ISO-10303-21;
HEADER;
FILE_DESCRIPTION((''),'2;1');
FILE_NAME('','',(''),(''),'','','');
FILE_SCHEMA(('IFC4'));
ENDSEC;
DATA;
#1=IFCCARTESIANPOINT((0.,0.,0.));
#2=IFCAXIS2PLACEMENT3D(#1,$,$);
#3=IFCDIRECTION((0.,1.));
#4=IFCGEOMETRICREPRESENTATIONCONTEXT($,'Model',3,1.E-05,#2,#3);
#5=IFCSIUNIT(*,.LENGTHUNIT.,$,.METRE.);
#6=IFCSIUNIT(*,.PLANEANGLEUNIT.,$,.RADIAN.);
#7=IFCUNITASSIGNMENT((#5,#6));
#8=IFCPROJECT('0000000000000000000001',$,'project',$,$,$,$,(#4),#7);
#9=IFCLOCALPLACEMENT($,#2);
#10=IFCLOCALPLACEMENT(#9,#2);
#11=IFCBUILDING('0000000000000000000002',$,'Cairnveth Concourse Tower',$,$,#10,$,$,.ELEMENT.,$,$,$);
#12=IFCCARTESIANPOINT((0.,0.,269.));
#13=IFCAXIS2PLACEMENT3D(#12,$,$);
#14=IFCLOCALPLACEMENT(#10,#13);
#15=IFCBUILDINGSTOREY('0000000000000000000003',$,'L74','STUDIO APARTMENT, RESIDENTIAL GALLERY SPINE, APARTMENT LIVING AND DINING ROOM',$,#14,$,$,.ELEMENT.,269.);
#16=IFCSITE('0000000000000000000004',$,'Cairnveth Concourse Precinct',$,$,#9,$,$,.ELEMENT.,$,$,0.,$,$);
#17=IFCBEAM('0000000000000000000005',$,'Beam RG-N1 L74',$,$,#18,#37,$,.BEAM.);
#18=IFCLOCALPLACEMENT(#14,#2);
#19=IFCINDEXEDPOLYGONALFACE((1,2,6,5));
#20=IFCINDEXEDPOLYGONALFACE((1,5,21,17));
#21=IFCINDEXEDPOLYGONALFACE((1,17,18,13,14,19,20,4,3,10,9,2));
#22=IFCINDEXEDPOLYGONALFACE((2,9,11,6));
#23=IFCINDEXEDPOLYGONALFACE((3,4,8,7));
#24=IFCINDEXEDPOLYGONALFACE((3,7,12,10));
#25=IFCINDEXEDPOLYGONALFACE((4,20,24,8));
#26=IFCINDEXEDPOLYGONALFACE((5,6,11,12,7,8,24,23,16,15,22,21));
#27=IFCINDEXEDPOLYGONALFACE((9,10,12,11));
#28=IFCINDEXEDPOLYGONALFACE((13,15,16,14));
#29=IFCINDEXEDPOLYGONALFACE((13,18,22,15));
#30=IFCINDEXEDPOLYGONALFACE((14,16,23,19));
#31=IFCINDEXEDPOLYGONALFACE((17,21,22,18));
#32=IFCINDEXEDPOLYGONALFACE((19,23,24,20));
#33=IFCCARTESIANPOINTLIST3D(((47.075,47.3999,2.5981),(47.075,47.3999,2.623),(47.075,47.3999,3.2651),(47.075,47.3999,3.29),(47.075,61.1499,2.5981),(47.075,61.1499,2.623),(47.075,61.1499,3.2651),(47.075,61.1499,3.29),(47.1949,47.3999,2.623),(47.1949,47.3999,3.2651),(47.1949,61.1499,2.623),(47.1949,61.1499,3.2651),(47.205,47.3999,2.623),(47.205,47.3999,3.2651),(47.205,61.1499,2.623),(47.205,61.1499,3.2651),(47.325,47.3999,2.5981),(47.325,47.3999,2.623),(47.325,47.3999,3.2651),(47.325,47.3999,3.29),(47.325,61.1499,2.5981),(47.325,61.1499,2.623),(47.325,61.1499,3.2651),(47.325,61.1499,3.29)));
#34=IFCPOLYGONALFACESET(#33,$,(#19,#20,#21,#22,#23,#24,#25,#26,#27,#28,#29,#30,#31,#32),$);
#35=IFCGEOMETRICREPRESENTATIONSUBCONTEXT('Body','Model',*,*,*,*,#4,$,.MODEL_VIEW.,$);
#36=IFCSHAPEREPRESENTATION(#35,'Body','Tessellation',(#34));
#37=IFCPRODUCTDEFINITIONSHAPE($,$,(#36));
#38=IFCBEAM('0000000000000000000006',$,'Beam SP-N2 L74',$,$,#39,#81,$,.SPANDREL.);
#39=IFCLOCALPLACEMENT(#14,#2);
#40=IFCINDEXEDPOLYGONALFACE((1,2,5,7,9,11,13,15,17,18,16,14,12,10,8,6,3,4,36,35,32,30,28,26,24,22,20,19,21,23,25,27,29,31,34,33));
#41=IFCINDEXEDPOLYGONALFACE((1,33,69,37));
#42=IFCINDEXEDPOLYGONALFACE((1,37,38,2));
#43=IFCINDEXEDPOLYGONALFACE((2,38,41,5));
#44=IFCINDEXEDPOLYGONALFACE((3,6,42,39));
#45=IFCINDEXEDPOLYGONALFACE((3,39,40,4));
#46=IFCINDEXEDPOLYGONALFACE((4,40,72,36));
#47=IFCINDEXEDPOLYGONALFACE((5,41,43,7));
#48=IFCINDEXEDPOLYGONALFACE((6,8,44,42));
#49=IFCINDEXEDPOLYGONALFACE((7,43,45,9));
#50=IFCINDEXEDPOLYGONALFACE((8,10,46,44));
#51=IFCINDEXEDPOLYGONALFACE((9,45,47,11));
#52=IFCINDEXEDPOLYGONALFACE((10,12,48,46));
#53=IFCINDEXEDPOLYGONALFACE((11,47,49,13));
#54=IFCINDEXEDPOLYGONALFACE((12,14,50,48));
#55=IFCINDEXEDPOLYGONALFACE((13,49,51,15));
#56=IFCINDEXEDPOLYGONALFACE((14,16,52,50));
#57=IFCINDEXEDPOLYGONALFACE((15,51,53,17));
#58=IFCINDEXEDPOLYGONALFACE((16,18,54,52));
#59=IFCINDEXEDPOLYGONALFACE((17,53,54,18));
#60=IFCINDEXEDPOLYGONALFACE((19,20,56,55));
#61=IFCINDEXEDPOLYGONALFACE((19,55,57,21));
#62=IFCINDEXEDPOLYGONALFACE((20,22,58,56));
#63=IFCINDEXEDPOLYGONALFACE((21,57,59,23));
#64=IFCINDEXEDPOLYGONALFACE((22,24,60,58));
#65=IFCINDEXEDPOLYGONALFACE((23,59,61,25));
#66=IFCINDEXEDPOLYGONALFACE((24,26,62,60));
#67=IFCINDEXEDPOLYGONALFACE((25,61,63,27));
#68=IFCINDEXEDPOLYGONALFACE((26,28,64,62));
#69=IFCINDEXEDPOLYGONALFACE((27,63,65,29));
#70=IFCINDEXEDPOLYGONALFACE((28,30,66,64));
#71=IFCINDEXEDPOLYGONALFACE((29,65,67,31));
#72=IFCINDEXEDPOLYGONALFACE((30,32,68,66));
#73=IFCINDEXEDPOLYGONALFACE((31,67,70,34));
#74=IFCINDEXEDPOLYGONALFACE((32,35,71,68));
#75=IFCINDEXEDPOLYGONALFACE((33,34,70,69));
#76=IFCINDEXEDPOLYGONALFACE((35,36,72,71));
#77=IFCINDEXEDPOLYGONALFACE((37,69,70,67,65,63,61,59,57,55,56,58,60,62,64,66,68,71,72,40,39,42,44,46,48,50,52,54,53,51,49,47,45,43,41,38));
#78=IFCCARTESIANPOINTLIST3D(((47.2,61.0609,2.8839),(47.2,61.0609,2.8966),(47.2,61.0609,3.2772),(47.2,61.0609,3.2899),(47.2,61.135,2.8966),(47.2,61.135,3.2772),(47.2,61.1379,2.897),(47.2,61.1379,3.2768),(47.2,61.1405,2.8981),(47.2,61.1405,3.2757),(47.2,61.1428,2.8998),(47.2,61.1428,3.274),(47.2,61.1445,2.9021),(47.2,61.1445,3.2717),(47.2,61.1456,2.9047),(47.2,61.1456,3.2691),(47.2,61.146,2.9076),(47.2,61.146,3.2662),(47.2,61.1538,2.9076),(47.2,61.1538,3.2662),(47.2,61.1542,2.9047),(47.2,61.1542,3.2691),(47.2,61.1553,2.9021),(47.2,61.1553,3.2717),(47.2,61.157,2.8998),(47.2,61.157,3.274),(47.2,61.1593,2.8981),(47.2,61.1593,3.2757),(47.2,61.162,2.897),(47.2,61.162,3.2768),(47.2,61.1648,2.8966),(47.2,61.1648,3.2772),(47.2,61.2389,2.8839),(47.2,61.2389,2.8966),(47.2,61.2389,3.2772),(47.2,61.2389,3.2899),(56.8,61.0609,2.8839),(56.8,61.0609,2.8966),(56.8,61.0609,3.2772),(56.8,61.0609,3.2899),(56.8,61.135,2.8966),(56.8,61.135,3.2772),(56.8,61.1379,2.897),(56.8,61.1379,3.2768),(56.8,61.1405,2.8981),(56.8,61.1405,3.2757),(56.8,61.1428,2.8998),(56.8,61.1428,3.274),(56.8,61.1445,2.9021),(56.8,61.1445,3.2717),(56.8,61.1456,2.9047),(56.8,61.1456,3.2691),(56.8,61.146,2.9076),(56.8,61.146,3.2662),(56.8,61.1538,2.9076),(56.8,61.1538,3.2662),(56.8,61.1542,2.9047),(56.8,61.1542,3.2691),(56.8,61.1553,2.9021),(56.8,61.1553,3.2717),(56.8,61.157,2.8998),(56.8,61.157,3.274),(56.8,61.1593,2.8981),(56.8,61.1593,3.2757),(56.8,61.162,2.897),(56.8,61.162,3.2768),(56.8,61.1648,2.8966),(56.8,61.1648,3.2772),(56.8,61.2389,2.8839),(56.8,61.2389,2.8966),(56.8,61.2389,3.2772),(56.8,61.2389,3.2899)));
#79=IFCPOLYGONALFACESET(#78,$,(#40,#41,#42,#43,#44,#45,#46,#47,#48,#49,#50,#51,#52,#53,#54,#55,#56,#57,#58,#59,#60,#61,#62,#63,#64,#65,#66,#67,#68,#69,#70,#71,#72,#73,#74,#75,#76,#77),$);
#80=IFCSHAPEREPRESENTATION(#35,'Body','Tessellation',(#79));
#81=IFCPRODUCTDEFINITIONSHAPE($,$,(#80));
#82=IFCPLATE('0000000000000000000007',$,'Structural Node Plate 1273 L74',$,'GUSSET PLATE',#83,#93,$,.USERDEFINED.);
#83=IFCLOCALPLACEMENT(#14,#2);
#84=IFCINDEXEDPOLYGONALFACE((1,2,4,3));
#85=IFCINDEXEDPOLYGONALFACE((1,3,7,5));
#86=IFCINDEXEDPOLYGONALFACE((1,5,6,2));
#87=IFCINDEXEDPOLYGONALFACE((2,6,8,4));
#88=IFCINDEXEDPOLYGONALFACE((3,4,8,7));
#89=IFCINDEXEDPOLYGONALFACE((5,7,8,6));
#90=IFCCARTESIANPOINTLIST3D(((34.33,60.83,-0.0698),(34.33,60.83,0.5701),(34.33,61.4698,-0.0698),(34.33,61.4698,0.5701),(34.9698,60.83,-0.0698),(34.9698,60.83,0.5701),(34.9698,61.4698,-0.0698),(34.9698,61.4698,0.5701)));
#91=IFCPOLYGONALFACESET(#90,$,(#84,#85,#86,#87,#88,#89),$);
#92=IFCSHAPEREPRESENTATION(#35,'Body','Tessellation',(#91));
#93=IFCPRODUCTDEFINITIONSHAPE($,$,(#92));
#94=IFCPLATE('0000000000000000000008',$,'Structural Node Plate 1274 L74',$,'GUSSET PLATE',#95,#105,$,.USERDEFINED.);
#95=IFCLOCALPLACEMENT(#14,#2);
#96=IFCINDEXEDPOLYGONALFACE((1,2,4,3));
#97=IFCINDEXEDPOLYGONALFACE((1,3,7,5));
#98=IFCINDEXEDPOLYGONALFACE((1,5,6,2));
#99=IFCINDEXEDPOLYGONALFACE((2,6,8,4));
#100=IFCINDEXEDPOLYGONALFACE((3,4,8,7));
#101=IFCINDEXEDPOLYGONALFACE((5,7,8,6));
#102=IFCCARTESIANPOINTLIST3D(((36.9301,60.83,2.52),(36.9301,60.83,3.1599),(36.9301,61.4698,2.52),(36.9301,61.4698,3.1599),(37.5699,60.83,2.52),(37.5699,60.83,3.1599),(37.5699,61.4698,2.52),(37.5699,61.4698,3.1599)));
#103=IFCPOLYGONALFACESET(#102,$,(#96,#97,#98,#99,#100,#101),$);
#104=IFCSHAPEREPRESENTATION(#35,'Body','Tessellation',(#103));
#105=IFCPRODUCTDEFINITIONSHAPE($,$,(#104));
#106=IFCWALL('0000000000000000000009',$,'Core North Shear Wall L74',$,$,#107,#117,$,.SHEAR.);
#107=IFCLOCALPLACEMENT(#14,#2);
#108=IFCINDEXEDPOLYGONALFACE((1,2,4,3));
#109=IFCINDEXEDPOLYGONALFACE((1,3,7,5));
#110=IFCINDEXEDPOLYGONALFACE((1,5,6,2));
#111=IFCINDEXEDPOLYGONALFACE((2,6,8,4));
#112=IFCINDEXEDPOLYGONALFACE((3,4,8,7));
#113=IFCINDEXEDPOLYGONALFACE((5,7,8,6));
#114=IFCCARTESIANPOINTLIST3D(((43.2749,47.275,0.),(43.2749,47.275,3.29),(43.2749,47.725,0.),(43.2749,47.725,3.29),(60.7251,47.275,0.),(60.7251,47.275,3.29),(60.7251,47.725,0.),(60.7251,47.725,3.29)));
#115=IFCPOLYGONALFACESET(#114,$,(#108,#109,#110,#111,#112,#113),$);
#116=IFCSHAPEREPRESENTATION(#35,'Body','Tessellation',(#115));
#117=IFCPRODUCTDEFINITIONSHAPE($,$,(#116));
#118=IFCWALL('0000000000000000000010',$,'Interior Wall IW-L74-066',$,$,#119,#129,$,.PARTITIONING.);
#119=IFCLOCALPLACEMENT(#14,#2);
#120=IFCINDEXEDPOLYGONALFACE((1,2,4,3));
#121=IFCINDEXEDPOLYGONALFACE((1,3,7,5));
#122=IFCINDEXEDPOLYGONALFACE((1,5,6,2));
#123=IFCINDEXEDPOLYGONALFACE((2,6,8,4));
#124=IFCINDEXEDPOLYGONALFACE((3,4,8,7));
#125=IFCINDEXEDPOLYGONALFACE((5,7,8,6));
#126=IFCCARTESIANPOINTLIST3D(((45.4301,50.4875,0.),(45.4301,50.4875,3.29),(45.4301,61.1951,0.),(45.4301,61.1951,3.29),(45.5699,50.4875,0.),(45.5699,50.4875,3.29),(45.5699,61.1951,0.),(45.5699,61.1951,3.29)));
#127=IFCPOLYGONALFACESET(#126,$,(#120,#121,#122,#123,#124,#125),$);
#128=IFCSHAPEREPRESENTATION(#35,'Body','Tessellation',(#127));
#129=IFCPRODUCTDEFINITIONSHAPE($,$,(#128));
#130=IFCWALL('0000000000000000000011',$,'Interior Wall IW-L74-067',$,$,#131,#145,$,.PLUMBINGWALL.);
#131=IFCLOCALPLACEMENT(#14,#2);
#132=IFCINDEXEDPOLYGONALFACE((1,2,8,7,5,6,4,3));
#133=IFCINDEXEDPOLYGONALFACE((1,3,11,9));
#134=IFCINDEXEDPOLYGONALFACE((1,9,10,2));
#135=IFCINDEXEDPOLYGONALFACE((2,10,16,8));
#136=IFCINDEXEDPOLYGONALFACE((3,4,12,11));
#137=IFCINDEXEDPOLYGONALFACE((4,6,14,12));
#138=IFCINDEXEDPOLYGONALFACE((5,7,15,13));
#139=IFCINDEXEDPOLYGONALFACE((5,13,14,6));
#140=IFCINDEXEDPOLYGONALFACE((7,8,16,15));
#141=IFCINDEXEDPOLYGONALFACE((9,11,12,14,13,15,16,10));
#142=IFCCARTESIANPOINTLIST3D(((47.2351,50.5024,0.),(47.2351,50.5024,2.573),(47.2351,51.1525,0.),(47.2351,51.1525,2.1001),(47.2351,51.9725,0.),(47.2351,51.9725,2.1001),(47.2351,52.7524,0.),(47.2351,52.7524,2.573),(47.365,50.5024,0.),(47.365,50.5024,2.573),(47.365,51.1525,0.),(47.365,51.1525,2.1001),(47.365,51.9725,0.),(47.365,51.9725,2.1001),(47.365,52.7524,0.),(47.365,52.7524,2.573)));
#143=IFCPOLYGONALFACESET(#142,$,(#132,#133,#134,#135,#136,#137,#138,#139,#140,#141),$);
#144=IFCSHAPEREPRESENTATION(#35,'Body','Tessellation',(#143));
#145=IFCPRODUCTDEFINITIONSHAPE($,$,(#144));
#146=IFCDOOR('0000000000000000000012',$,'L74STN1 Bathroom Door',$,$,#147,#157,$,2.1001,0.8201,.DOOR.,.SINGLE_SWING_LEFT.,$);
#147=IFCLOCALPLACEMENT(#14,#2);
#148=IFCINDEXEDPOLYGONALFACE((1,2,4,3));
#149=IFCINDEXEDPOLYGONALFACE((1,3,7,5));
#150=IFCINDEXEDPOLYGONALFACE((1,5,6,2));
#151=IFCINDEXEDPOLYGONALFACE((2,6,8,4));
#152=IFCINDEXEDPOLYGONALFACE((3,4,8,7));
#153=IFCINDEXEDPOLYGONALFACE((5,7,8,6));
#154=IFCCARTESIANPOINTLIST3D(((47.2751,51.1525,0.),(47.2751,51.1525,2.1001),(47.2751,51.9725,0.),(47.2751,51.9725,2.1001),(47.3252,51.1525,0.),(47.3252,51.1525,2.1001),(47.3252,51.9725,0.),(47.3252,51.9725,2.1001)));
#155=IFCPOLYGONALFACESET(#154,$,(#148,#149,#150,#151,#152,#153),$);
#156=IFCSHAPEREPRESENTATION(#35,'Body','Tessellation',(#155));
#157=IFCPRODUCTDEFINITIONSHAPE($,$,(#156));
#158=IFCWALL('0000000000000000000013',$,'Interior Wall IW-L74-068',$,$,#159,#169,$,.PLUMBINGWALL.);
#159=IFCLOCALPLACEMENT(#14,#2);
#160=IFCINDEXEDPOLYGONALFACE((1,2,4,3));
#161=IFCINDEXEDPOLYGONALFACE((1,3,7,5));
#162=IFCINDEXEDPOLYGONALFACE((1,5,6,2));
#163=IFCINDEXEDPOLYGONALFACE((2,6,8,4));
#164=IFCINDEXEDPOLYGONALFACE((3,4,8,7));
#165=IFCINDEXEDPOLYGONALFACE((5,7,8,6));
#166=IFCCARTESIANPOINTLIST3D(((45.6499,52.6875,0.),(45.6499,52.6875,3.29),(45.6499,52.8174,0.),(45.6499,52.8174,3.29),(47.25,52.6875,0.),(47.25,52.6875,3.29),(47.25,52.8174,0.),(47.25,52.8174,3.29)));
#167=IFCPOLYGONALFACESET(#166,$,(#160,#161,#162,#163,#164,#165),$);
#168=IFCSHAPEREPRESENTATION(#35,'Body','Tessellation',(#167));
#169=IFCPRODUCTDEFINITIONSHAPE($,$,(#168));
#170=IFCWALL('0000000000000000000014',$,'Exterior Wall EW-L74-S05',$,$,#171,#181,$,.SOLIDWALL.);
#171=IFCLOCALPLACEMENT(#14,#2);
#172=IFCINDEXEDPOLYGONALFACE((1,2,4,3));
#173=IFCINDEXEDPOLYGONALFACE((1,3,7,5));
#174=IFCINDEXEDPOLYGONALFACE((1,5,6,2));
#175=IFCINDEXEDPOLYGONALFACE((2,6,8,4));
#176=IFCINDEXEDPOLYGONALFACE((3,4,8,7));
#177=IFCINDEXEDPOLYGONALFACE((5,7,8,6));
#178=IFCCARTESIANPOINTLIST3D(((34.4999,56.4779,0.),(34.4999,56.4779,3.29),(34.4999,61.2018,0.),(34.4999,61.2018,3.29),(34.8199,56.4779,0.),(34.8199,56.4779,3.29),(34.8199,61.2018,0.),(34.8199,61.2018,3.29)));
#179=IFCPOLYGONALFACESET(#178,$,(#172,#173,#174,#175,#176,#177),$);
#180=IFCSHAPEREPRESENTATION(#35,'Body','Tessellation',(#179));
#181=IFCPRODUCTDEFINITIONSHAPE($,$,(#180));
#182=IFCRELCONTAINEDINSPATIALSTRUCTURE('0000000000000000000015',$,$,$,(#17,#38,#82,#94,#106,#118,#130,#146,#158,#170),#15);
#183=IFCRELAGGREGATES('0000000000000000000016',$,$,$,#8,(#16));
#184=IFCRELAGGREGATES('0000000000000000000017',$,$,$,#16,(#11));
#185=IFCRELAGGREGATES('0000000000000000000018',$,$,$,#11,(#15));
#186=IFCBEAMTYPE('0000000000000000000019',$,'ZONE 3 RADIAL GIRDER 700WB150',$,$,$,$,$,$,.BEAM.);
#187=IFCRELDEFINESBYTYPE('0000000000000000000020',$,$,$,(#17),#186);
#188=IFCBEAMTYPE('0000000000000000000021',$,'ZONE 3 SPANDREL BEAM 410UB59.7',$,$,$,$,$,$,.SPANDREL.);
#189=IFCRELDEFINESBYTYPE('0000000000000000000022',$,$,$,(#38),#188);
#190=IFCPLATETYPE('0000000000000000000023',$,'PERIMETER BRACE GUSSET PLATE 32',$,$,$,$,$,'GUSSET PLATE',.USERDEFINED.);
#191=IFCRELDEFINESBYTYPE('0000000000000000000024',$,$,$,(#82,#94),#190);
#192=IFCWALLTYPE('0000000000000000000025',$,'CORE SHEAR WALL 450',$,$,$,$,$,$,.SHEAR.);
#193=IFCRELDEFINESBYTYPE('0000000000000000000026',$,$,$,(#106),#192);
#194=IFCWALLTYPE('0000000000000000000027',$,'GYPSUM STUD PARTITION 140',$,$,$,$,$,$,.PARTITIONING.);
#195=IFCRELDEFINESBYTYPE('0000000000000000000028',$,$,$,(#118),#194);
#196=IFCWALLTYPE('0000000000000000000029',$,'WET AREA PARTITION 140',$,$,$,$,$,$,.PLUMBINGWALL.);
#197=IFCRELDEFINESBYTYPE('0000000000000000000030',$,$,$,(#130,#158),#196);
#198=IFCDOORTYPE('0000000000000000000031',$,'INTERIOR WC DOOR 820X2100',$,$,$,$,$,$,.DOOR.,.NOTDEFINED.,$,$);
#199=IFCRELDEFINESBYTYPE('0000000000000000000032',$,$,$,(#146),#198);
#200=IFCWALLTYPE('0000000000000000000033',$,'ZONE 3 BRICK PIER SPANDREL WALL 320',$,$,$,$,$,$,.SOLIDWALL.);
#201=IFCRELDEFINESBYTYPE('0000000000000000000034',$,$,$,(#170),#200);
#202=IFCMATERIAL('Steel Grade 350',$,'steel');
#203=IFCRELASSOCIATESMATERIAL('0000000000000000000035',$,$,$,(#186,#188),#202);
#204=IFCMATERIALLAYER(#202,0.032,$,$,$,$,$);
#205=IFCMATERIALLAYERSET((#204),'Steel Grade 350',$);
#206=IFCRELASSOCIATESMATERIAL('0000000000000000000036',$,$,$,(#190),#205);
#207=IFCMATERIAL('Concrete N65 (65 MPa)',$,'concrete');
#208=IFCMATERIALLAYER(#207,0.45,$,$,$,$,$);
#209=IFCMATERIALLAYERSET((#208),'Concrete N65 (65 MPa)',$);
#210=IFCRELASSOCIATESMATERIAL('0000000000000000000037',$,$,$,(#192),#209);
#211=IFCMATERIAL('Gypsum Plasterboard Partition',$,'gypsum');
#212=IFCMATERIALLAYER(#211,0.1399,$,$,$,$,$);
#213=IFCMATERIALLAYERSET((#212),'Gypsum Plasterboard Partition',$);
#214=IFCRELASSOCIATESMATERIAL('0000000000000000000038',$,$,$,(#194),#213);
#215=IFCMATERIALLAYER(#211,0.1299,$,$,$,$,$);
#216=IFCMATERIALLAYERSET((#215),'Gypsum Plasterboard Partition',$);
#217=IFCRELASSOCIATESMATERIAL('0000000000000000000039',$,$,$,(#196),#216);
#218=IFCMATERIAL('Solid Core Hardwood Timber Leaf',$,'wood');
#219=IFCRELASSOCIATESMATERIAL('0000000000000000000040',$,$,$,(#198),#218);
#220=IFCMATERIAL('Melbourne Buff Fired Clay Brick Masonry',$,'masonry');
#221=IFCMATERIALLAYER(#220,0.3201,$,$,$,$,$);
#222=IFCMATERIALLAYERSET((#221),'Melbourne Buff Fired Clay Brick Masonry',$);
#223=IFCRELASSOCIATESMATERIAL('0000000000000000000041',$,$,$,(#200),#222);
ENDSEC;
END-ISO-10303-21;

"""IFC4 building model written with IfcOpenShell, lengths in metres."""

from ifc_helpers import new_model, si_unit, direction, frame, frame_2d, origin, origin_2d, place, context, subcontext, project, spatial, rectangle, i_section, extrude, material, layer, layer_set, material_profile, profile_set, type_object, element, fill, save


model = new_model("IFC4")

# Units and contexts
model_context = context("Model", 3, precision=1e-05, world=origin(), true_north=direction((0.0, 1.0)))
body_context = subcontext(model_context, "Body", "Model", "MODEL_VIEW")
ifc_project = project(units=[si_unit("LENGTHUNIT", "METRE"), si_unit("PLANEANGLEUNIT", "RADIAN")], contexts=[model_context])

# Site, building, storey
site_placement = place(None, origin())
site = spatial("IfcSite", under=ifc_project, at=site_placement, Name="Cairnveth Concourse Precinct", CompositionType="ELEMENT", RefElevation=0.0)
building_placement = place(site_placement, origin())
building = spatial("IfcBuilding", under=site, at=building_placement, Name="Cairnveth Concourse Tower", CompositionType="ELEMENT")
storey_placement = place(building_placement, frame((0.0, 0.0, 269.0)))
storey = spatial("IfcBuildingStorey", under=building, at=storey_placement, Name="L74", Description="STUDIO APARTMENT, RESIDENTIAL GALLERY SPINE, APARTMENT LIVING AND DINING ROOM", CompositionType="ELEMENT", Elevation=269.0)

# Shared definitions
ifc_material_1 = material(Name="Concrete N65 (65 MPa)", Category="concrete")

# Beams
ifc_material_2 = material(Name="Steel Grade 350", Category="steel")
ifc_material_profile_1 = material_profile(ifc_material_2, i_section(OverallWidth=0.25, OverallDepth=0.6919, WebThickness=0.01, FlangeThickness=0.0249, at=origin_2d()), Name="700WB150")
ifc_profile_set_1 = profile_set([ifc_material_profile_1], Name="Steel Grade 350")
beam_type_1 = type_object("IfcBeamType", Name="ZONE 3 RADIAL GIRDER 700WB150", PredefinedType="BEAM", material=ifc_profile_set_1)
beam_1_placement = place(storey_placement, frame((47.2, 47.3999, 2.9441), z_axis=(0.0, 1.0, 0.0), x_axis=(-1.0, 0.0, 0.0)))
element("IfcBeam", 1, at=beam_1_placement, inside=storey, type_object=beam_type_1, Name="Beam RG-N1 L74", PredefinedType="BEAM", context=body_context, shape_type="SweptSolid", body=[
    extrude(i_section(OverallWidth=0.25, OverallDepth=0.6919, WebThickness=0.01, FlangeThickness=0.0249, at=origin_2d()), origin(), (0.0, 0.0, 1.0), 13.75),
])
ifc_material_profile_2 = material_profile(ifc_material_2, i_section(OverallWidth=0.178, OverallDepth=0.406, WebThickness=0.0078, FlangeThickness=0.0127, FilletRadius=0.011, at=origin_2d()), Name="410UB59.7")
ifc_profile_set_2 = profile_set([ifc_material_profile_2], Name="Steel Grade 350")
beam_type_2 = type_object("IfcBeamType", Name="ZONE 3 SPANDREL BEAM 410UB59.7", PredefinedType="SPANDREL", material=ifc_profile_set_2)
beam_2_placement = place(storey_placement, frame((47.2, 61.1499, 3.0869), z_axis=(1.0, 0.0, 0.0), x_axis=(0.0, 1.0, 0.0)))
element("IfcBeam", 2, at=beam_2_placement, inside=storey, type_object=beam_type_2, Name="Beam SP-N2 L74", PredefinedType="SPANDREL", context=body_context, shape_type="SweptSolid", body=[
    extrude(i_section(OverallWidth=0.178, OverallDepth=0.406, WebThickness=0.0078, FlangeThickness=0.0127, FilletRadius=0.011, at=origin_2d()), origin(), (0.0, 0.0, 1.0), 9.6001),
])

# Plates
ifc_layer_1 = layer(ifc_material_2, 0.032)
ifc_layer_set_1 = layer_set([ifc_layer_1], Name="Steel Grade 350")
plate_type = type_object("IfcPlateType", Name="PERIMETER BRACE GUSSET PLATE 32", ElementType="GUSSET PLATE", PredefinedType="USERDEFINED", material=ifc_layer_set_1)
for number, where, z_axis, x_axis, name in (
    (3, (34.6499, 61.1499, -0.0698), (0.0, 0.0, 1.0), (1.0, 0.0, 0.0), "Structural Node Plate 1273 L74"),
    (4, (37.25, 61.1499, 2.52), (0.0, 0.0, 1.0), (1.0, 0.0, 0.0), "Structural Node Plate 1274 L74"),
):
    element("IfcPlate", number, at=place(storey_placement, frame(where, z_axis=z_axis, x_axis=x_axis)), inside=storey, type_object=plate_type, Name=name, ObjectType="GUSSET PLATE", PredefinedType="USERDEFINED", context=body_context, shape_type="SweptSolid", body=[
        extrude(rectangle(XDim=0.6399, YDim=0.6399, at=origin_2d()), origin(), (0.0, 0.0, 1.0), 0.6399),
    ])

# Walls
ifc_layer_2 = layer(ifc_material_1, 0.45)
ifc_layer_set_2 = layer_set([ifc_layer_2], Name="Concrete N65 (65 MPa)")
wall_type_1 = type_object("IfcWallType", Name="CORE SHEAR WALL 450", PredefinedType="SHEAR", material=ifc_layer_set_2)
wall_1_placement = place(storey_placement, frame((43.2749, 47.5, 0.0), z_axis=(0.0, 0.0, 1.0), x_axis=(1.0, 0.0, 0.0)))
element("IfcWall", 5, at=wall_1_placement, inside=storey, type_object=wall_type_1, Name="Core North Shear Wall L74", PredefinedType="SHEAR", context=body_context, shape_type="SweptSolid", body=[
    extrude(rectangle(XDim=17.4502, YDim=0.45, at=frame_2d((8.7251, 0.0))), origin(), (0.0, 0.0, 1.0), 3.29),
])
ifc_material_3 = material(Name="Gypsum Plasterboard Partition", Category="gypsum")
ifc_layer_3 = layer(ifc_material_3, 0.1399)
ifc_layer_set_3 = layer_set([ifc_layer_3], Name="Gypsum Plasterboard Partition")
wall_type_2 = type_object("IfcWallType", Name="GYPSUM STUD PARTITION 140", PredefinedType="PARTITIONING", material=ifc_layer_set_3)
wall_2_placement = place(storey_placement, frame((45.5, 50.4875, 0.0), z_axis=(0.0, 0.0, 1.0), x_axis=(0.0, 1.0, 0.0)))
element("IfcWall", 6, at=wall_2_placement, inside=storey, type_object=wall_type_2, Name="Interior Wall IW-L74-066", PredefinedType="PARTITIONING", context=body_context, shape_type="SweptSolid", body=[
    extrude(rectangle(XDim=10.7075, YDim=0.1399, at=frame_2d((5.3538, 0.0))), origin(), (0.0, 0.0, 1.0), 3.29),
])

# Wall, opening, door
ifc_layer_4 = layer(ifc_material_3, 0.1299)
ifc_layer_set_4 = layer_set([ifc_layer_4], Name="Gypsum Plasterboard Partition")
wall_type_3 = type_object("IfcWallType", Name="WET AREA PARTITION 140", PredefinedType="PLUMBINGWALL", material=ifc_layer_set_4)
wall_3_placement = place(storey_placement, frame((47.3, 50.5024, 0.0), z_axis=(0.0, 0.0, 1.0), x_axis=(0.0, 1.0, 0.0)))
wall_3 = element("IfcWall", 7, at=wall_3_placement, inside=storey, type_object=wall_type_3, Name="Interior Wall IW-L74-067", PredefinedType="PLUMBINGWALL", context=body_context, shape_type="SweptSolid", body=[
    extrude(rectangle(XDim=2.25, YDim=0.1299, at=frame_2d((1.125, 0.0))), origin(), (0.0, 0.0, 1.0), 2.573),
])
opening_placement = place(wall_3_placement, frame((0.6499, 0.0, 0.0)))
opening = element("IfcOpeningElement", 8, at=opening_placement, cuts=wall_3, PredefinedType="OPENING", context=body_context, shape_type="SweptSolid", body=[
    extrude(rectangle(XDim=0.8201, YDim=2.1001, at=frame_2d((0.4102, 1.05))), frame((0.0, 0.075, 0.0), z_axis=(0.0, -1.0, 0.0), x_axis=(1.0, 0.0, 0.0)), (0.0, 0.0, 1.0), 0.1499),
])
ifc_material_4 = material(Name="Solid Core Hardwood Timber Leaf", Category="wood")
door_type = type_object("IfcDoorType", Name="INTERIOR WC DOOR 820X2100", OperationType="NOTDEFINED", PredefinedType="DOOR", material=ifc_material_4)
door_placement = place(opening_placement, origin())
door = element("IfcDoor", 9, at=door_placement, inside=storey, type_object=door_type, Name="L74STN1 Bathroom Door", OperationType="SINGLE_SWING_LEFT", OverallHeight=2.1001, OverallWidth=0.8201, PredefinedType="DOOR", context=body_context, shape_type="SweptSolid", body=[
    extrude(rectangle(XDim=0.8201, YDim=2.1001, at=frame_2d((0.4102, 1.05))), frame((0.0, 0.0249, 0.0), z_axis=(0.0, -1.0, 0.0), x_axis=(1.0, 0.0, 0.0)), (0.0, 0.0, 1.0), 0.05),
])
fill(opening, door)

# Walls
wall_4_placement = place(storey_placement, frame((45.6499, 52.7524, 0.0), z_axis=(0.0, 0.0, 1.0), x_axis=(1.0, 0.0, 0.0)))
element("IfcWall", 10, at=wall_4_placement, inside=storey, type_object=wall_type_3, Name="Interior Wall IW-L74-068", PredefinedType="PLUMBINGWALL", context=body_context, shape_type="SweptSolid", body=[
    extrude(rectangle(XDim=1.6001, YDim=0.1299, at=frame_2d((0.8, 0.0))), origin(), (0.0, 0.0, 1.0), 3.29),
])
ifc_material_5 = material(Name="Melbourne Buff Fired Clay Brick Masonry", Category="masonry")
ifc_layer_5 = layer(ifc_material_5, 0.3201)
ifc_layer_set_5 = layer_set([ifc_layer_5], Name="Melbourne Buff Fired Clay Brick Masonry")
wall_type_4 = type_object("IfcWallType", Name="ZONE 3 BRICK PIER SPANDREL WALL 320", PredefinedType="SOLIDWALL", material=ifc_layer_set_5)
wall_5_placement = place(storey_placement, frame((34.6599, 56.478, 0.0), z_axis=(0.0, 0.0, 1.0), x_axis=(0.0, 1.0, 0.0)))
element("IfcWall", 11, at=wall_5_placement, inside=storey, type_object=wall_type_4, Name="Exterior Wall EW-L74-S05", PredefinedType="SOLIDWALL", context=body_context, shape_type="SweptSolid", body=[
    extrude(rectangle(XDim=4.7239, YDim=0.3201, at=frame_2d((2.3618, 0.0))), origin(), (0.0, 0.0, 1.0), 3.29),
])

save(model, "model.ifc")
